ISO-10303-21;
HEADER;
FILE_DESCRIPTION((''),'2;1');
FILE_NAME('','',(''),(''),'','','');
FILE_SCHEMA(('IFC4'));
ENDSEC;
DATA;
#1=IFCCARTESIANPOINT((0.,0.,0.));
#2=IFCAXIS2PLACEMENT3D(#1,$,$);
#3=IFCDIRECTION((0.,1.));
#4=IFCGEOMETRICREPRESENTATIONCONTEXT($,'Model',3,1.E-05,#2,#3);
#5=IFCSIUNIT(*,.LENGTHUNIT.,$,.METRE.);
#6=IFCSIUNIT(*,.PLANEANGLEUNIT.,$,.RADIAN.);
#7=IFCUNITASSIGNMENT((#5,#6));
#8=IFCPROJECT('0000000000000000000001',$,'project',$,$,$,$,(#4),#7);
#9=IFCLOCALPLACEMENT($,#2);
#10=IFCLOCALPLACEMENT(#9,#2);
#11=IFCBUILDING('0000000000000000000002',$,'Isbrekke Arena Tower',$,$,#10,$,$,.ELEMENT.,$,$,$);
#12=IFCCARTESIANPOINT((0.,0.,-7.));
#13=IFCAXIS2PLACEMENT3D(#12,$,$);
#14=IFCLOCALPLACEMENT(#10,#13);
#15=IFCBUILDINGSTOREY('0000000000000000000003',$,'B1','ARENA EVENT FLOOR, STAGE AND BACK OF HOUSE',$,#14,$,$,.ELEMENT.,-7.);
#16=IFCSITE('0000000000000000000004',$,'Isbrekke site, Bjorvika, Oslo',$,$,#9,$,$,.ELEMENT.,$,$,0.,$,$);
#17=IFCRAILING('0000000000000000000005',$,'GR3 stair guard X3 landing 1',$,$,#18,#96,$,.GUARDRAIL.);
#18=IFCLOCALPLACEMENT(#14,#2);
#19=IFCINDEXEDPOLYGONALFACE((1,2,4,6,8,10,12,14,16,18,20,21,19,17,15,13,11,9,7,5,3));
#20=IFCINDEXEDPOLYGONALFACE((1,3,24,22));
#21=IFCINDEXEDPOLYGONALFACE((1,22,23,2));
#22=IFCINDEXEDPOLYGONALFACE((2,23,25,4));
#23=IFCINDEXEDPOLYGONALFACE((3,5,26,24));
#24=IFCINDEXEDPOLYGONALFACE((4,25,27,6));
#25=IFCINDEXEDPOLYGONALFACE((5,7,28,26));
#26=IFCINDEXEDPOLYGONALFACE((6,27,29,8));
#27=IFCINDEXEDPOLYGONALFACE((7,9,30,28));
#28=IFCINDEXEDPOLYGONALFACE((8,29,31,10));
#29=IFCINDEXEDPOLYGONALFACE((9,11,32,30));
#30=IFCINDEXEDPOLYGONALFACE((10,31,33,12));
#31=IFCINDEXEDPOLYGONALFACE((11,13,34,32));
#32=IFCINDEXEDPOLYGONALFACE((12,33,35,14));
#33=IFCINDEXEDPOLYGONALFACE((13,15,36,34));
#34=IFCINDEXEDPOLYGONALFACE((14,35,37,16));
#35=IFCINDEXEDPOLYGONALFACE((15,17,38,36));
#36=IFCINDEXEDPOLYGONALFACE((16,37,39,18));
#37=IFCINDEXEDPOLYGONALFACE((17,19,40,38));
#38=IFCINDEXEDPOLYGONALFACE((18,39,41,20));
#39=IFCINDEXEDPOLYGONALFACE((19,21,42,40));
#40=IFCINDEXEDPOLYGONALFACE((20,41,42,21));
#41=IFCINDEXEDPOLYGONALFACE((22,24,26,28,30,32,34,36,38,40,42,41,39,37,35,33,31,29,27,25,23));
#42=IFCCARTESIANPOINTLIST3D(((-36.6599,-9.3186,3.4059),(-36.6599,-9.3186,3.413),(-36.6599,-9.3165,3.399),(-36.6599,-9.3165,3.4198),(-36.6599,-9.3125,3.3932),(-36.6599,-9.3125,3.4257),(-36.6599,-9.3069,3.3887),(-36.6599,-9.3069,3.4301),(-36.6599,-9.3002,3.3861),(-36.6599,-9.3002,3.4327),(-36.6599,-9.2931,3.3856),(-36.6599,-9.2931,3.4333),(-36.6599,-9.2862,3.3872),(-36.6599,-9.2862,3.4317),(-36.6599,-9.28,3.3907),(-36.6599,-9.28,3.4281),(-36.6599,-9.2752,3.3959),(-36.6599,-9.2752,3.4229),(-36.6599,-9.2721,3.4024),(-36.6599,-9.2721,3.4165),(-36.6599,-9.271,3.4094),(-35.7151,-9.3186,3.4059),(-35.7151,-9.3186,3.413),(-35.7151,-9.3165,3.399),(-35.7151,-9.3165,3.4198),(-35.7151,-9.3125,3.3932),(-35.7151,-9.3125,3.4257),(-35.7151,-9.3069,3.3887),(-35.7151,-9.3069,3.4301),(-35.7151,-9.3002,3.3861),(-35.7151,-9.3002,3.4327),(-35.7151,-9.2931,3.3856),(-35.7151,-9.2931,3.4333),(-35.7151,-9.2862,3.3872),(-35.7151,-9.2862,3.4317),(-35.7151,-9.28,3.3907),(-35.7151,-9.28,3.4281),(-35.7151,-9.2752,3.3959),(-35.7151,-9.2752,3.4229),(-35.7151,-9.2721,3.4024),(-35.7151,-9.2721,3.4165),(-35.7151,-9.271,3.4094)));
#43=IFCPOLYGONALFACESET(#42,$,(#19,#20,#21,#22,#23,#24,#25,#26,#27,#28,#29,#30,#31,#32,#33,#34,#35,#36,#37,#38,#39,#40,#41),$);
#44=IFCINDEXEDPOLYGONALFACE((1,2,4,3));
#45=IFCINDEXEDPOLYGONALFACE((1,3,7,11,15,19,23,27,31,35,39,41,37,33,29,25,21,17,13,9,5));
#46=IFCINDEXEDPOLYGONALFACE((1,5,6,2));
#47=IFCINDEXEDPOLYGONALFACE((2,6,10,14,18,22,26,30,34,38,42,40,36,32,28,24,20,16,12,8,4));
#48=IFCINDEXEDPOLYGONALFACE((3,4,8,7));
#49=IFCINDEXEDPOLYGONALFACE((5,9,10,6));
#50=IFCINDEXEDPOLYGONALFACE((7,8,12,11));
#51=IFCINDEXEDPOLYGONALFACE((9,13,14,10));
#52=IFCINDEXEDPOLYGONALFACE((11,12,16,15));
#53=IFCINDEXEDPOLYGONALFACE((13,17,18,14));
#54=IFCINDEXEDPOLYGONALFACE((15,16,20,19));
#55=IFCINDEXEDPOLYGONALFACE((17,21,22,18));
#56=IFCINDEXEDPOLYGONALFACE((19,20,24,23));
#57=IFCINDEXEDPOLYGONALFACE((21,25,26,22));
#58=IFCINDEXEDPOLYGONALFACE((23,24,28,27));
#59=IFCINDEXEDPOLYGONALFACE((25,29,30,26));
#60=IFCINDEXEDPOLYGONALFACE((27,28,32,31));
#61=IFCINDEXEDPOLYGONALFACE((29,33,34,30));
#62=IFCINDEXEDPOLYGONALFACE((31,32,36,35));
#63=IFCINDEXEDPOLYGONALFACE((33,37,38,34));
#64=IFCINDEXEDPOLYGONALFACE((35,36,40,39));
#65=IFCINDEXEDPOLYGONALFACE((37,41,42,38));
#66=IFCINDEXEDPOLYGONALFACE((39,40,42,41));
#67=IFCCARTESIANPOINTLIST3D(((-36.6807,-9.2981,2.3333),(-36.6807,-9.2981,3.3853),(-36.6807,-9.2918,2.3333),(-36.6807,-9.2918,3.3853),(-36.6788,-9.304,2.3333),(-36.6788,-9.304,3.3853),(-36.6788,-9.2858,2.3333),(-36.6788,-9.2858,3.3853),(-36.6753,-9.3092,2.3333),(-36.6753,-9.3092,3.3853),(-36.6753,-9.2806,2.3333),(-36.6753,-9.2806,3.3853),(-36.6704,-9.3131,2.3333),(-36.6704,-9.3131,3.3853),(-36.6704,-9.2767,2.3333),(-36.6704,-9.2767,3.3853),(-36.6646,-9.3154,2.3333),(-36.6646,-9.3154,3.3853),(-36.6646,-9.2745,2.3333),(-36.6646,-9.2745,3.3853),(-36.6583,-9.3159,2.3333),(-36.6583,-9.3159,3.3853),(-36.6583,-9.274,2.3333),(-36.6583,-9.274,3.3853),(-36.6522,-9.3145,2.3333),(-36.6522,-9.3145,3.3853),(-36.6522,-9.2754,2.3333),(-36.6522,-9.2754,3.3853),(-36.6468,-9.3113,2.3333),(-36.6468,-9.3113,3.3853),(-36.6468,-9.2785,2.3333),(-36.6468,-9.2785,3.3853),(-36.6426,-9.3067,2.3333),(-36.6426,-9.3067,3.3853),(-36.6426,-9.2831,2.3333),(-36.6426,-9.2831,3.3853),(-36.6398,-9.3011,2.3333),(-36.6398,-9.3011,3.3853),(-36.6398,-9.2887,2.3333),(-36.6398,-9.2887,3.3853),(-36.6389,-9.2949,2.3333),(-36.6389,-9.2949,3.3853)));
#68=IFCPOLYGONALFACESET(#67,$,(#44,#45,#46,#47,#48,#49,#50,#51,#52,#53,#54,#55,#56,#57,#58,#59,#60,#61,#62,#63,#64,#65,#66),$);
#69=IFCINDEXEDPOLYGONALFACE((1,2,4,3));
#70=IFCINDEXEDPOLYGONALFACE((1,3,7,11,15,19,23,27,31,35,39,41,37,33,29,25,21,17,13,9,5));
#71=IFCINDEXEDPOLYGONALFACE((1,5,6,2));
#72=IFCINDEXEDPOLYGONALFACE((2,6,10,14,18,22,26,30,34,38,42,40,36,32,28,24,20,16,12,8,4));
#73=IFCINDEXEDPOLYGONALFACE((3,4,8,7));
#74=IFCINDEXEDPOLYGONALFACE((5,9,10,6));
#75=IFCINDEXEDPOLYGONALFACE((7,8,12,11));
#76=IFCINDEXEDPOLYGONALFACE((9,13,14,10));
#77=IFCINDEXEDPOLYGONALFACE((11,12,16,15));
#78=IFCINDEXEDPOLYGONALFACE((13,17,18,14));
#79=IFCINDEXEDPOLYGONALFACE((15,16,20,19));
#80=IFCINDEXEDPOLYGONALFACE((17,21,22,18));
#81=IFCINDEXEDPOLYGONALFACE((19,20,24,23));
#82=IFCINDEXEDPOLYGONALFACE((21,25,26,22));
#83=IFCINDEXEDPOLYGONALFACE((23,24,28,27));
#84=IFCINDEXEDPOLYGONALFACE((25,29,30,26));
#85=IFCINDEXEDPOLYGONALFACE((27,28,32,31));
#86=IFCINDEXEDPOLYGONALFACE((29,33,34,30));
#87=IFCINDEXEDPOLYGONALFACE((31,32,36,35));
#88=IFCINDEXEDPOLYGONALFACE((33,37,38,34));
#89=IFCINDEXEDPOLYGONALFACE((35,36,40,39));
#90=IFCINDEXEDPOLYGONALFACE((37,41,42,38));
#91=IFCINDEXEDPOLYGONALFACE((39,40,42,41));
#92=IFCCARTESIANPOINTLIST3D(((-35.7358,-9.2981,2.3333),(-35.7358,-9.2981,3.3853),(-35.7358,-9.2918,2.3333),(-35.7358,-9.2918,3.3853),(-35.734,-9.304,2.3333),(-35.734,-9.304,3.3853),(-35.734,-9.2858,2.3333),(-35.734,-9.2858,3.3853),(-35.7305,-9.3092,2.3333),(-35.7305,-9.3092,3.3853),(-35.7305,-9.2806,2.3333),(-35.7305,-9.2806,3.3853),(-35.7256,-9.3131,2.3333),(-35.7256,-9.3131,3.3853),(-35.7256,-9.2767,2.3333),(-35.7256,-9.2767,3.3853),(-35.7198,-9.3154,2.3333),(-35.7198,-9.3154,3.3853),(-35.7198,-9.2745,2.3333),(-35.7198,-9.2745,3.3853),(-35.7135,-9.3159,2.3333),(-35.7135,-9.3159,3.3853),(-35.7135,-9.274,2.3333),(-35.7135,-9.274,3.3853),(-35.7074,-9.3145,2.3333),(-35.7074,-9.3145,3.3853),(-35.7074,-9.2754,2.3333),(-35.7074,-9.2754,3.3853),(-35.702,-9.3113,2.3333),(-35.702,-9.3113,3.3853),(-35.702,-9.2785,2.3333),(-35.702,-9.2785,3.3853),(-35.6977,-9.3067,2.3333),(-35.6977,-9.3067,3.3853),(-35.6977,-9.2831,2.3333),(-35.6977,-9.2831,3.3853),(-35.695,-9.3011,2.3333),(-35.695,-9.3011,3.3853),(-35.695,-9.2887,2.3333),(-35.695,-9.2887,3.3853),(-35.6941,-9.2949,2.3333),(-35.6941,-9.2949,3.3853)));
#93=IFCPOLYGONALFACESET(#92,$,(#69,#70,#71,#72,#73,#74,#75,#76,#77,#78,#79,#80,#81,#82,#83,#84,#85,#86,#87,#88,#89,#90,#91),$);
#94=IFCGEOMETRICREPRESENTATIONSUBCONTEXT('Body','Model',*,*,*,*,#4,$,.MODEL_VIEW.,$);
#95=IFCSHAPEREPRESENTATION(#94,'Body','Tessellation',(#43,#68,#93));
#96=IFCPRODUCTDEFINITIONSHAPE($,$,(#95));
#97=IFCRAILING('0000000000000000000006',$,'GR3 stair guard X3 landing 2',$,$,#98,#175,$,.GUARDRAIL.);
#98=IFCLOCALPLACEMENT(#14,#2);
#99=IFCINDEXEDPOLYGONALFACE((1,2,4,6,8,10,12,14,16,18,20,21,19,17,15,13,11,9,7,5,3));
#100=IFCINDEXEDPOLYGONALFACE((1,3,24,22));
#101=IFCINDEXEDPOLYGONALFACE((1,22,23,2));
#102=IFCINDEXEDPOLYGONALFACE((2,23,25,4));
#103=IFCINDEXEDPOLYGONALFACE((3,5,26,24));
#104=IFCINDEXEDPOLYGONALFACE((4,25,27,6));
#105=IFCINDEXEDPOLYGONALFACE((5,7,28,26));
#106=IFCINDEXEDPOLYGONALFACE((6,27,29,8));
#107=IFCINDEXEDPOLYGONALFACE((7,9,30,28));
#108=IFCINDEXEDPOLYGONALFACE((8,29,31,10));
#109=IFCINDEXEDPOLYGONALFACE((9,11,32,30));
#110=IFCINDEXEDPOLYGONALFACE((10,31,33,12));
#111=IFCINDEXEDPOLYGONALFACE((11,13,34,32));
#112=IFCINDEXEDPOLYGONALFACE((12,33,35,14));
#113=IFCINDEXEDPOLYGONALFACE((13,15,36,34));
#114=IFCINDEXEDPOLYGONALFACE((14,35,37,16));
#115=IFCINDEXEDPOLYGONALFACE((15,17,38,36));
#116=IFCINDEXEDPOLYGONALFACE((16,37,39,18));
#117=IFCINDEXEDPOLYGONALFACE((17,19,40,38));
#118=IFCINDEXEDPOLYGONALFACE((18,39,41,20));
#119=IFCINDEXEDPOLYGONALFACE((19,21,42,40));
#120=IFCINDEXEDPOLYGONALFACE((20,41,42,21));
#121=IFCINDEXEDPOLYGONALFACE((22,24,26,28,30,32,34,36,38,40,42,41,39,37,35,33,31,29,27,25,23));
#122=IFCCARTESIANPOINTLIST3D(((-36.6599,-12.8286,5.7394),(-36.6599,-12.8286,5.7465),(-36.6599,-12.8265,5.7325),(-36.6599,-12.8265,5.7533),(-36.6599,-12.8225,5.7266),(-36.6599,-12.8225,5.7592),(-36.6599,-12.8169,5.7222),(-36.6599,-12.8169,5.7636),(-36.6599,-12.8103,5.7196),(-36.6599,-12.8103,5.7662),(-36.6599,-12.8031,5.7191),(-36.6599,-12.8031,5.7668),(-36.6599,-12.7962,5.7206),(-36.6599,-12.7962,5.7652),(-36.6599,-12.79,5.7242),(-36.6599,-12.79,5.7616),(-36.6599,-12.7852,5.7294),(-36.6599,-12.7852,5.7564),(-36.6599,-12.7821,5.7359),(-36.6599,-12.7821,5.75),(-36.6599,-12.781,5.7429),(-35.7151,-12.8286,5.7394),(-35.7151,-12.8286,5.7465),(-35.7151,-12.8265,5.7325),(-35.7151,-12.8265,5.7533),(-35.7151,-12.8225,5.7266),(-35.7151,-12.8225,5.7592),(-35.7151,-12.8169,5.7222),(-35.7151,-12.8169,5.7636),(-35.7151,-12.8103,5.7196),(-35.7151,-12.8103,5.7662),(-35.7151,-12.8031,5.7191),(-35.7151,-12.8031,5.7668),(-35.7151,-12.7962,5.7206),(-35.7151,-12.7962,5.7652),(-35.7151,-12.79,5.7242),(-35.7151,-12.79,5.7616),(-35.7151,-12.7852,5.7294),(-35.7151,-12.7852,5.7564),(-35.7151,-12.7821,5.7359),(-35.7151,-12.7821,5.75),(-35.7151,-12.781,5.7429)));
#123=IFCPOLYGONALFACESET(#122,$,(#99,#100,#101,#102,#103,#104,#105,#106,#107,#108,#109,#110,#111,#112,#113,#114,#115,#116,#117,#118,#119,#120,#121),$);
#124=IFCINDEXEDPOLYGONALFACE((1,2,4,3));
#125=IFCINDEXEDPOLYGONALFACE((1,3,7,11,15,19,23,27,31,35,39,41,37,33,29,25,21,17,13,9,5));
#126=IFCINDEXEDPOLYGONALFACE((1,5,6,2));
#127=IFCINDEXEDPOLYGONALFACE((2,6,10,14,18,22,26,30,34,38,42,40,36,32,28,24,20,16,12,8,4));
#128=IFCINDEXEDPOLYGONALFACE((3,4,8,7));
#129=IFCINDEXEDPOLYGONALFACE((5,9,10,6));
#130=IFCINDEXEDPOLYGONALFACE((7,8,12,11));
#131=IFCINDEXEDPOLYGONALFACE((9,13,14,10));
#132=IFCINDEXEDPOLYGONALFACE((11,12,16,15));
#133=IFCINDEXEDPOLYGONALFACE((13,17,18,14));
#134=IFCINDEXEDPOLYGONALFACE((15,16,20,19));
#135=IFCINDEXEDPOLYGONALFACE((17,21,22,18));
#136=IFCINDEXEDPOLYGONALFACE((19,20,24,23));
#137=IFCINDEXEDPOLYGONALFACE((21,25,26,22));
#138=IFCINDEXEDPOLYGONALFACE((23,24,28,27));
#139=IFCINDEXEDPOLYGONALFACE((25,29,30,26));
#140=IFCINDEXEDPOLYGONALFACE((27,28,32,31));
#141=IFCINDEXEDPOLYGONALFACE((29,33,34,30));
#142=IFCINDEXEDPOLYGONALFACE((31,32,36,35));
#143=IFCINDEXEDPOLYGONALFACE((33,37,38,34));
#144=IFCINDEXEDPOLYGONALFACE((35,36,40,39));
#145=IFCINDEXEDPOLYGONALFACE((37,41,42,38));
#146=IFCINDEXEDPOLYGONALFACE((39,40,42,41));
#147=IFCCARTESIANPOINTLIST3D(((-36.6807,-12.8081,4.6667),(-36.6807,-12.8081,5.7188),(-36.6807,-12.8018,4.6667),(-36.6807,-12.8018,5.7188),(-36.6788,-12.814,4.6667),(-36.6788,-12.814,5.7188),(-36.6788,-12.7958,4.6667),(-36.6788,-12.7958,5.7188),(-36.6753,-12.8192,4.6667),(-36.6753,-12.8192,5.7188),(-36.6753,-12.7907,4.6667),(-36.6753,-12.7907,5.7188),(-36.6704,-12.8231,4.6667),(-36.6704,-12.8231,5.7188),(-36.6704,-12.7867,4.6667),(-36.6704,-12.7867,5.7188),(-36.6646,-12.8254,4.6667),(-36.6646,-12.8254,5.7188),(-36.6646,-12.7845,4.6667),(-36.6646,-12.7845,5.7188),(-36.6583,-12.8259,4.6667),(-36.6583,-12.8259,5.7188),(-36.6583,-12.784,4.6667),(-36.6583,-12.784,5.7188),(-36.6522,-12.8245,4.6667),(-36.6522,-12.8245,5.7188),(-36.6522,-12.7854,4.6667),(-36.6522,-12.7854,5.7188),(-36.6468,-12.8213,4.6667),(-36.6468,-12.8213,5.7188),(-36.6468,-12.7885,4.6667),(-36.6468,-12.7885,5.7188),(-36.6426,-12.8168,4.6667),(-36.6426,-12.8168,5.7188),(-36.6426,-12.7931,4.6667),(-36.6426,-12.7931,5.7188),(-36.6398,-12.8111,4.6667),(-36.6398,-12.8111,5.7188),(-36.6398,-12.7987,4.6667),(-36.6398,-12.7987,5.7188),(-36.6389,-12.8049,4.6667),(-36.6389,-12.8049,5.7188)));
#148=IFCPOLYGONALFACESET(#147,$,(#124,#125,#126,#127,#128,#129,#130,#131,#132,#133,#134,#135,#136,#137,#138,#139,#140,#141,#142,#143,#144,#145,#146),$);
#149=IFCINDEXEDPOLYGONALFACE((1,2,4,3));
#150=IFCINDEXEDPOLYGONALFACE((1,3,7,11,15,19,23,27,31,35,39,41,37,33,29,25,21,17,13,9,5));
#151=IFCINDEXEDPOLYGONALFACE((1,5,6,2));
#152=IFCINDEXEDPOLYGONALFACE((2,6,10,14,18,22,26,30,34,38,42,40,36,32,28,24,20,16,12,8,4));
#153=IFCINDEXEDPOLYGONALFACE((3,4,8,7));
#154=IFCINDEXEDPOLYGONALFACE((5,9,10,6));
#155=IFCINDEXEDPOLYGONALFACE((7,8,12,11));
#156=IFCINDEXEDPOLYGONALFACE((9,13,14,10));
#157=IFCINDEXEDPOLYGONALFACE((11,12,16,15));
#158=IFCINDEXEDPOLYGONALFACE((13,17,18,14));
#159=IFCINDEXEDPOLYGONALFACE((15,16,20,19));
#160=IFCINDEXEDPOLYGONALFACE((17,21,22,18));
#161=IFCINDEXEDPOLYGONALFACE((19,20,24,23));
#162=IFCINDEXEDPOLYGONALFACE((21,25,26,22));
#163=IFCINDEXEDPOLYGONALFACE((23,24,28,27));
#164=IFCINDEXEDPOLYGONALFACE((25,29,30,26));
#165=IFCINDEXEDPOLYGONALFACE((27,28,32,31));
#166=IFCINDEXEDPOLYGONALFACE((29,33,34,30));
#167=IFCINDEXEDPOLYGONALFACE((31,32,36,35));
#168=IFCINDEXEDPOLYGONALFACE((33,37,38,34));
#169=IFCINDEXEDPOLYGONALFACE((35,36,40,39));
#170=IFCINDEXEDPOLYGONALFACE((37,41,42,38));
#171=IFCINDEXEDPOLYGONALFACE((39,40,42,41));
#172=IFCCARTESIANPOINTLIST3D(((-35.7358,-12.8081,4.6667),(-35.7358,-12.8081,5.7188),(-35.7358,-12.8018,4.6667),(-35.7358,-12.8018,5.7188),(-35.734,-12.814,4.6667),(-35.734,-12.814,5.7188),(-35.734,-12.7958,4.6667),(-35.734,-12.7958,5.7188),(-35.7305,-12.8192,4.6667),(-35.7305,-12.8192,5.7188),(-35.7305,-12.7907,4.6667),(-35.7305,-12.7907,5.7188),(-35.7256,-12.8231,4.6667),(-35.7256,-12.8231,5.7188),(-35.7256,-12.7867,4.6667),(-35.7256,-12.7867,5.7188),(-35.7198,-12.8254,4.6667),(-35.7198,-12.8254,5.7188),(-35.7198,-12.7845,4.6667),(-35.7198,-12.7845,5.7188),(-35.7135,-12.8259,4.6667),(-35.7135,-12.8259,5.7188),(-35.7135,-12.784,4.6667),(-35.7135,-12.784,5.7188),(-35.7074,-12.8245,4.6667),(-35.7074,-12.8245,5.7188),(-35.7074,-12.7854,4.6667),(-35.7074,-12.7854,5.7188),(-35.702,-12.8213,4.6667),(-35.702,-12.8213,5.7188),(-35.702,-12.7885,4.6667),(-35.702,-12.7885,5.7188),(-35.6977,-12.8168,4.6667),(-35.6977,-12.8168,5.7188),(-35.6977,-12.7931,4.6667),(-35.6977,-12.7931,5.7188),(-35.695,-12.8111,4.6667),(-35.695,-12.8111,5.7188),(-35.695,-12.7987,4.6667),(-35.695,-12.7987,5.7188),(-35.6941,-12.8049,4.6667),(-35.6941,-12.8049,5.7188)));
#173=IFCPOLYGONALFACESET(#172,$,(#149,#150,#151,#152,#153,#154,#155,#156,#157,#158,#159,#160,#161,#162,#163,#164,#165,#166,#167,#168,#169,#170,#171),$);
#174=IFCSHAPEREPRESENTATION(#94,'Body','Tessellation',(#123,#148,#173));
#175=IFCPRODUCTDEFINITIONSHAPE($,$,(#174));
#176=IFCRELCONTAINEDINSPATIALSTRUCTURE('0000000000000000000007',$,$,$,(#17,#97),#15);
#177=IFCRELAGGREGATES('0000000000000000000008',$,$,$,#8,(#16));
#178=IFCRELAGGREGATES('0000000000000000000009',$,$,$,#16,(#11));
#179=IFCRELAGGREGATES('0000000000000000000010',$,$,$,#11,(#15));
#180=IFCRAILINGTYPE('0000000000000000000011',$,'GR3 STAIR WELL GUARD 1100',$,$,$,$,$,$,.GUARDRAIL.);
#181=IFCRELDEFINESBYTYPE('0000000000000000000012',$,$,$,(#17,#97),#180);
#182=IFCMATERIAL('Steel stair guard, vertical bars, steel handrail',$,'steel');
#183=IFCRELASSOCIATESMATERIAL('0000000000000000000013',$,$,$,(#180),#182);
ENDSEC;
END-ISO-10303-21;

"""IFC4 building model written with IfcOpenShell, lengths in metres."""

from ifc_helpers import new_model, si_unit, direction, frame, origin, origin_2d, place, context, subcontext, project, spatial, circle, extrude, material, type_object, element, save


model = new_model("IFC4")

# Units and contexts
model_context = context("Model", 3, precision=1e-05, world=origin(), true_north=direction((0.0, 1.0)))
body_context = subcontext(model_context, "Body", "Model", "MODEL_VIEW")
ifc_project = project(units=[si_unit("LENGTHUNIT", "METRE"), si_unit("PLANEANGLEUNIT", "RADIAN")], contexts=[model_context])

# Site, building, storey
site_placement = place(None, origin())
site = spatial("IfcSite", under=ifc_project, at=site_placement, Name="Isbrekke site, Bjorvika, Oslo", CompositionType="ELEMENT", RefElevation=0.0)
building_placement = place(site_placement, origin())
building = spatial("IfcBuilding", under=site, at=building_placement, Name="Isbrekke Arena Tower", CompositionType="ELEMENT")
storey_placement = place(building_placement, frame((0.0, 0.0, -7.0)))
storey = spatial("IfcBuildingStorey", under=building, at=storey_placement, Name="B1", Description="ARENA EVENT FLOOR, STAGE AND BACK OF HOUSE", CompositionType="ELEMENT", Elevation=-7.0)

# Railings
ifc_material_1 = material(Name="Steel stair guard, vertical bars, steel handrail", Category="steel")
railing_type = type_object("IfcRailingType", Name="GR3 STAIR WELL GUARD 1100", PredefinedType="GUARDRAIL", material=ifc_material_1)
for number, where, name in (
    (1, (-36.6599, -9.2949, 2.3333), "GR3 stair guard X3 landing 1"),
    (2, (-36.6599, -12.8049, 4.6667), "GR3 stair guard X3 landing 2"),
):
    element("IfcRailing", number, at=place(storey_placement, frame(where)), inside=storey, type_object=railing_type, Name=name, PredefinedType="GUARDRAIL", context=body_context, shape_type="SweptSolid", body=[
        extrude(circle(Radius=0.0239, at=origin_2d()), frame((0.0, 0.0, 1.0762), z_axis=(1.0, 0.0, 0.0), x_axis=(0.0, 1.0, 0.0)), (0.0, 0.0, 1.0), 0.9448),
        extrude(circle(Radius=0.021, at=origin_2d()), origin(), (0.0, 0.0, 1.0), 1.052),
        extrude(circle(Radius=0.021, at=origin_2d()), frame((0.9448, 0.0, 0.0)), (0.0, 0.0, 1.0), 1.052),
    ])

save(model, "model.ifc")
